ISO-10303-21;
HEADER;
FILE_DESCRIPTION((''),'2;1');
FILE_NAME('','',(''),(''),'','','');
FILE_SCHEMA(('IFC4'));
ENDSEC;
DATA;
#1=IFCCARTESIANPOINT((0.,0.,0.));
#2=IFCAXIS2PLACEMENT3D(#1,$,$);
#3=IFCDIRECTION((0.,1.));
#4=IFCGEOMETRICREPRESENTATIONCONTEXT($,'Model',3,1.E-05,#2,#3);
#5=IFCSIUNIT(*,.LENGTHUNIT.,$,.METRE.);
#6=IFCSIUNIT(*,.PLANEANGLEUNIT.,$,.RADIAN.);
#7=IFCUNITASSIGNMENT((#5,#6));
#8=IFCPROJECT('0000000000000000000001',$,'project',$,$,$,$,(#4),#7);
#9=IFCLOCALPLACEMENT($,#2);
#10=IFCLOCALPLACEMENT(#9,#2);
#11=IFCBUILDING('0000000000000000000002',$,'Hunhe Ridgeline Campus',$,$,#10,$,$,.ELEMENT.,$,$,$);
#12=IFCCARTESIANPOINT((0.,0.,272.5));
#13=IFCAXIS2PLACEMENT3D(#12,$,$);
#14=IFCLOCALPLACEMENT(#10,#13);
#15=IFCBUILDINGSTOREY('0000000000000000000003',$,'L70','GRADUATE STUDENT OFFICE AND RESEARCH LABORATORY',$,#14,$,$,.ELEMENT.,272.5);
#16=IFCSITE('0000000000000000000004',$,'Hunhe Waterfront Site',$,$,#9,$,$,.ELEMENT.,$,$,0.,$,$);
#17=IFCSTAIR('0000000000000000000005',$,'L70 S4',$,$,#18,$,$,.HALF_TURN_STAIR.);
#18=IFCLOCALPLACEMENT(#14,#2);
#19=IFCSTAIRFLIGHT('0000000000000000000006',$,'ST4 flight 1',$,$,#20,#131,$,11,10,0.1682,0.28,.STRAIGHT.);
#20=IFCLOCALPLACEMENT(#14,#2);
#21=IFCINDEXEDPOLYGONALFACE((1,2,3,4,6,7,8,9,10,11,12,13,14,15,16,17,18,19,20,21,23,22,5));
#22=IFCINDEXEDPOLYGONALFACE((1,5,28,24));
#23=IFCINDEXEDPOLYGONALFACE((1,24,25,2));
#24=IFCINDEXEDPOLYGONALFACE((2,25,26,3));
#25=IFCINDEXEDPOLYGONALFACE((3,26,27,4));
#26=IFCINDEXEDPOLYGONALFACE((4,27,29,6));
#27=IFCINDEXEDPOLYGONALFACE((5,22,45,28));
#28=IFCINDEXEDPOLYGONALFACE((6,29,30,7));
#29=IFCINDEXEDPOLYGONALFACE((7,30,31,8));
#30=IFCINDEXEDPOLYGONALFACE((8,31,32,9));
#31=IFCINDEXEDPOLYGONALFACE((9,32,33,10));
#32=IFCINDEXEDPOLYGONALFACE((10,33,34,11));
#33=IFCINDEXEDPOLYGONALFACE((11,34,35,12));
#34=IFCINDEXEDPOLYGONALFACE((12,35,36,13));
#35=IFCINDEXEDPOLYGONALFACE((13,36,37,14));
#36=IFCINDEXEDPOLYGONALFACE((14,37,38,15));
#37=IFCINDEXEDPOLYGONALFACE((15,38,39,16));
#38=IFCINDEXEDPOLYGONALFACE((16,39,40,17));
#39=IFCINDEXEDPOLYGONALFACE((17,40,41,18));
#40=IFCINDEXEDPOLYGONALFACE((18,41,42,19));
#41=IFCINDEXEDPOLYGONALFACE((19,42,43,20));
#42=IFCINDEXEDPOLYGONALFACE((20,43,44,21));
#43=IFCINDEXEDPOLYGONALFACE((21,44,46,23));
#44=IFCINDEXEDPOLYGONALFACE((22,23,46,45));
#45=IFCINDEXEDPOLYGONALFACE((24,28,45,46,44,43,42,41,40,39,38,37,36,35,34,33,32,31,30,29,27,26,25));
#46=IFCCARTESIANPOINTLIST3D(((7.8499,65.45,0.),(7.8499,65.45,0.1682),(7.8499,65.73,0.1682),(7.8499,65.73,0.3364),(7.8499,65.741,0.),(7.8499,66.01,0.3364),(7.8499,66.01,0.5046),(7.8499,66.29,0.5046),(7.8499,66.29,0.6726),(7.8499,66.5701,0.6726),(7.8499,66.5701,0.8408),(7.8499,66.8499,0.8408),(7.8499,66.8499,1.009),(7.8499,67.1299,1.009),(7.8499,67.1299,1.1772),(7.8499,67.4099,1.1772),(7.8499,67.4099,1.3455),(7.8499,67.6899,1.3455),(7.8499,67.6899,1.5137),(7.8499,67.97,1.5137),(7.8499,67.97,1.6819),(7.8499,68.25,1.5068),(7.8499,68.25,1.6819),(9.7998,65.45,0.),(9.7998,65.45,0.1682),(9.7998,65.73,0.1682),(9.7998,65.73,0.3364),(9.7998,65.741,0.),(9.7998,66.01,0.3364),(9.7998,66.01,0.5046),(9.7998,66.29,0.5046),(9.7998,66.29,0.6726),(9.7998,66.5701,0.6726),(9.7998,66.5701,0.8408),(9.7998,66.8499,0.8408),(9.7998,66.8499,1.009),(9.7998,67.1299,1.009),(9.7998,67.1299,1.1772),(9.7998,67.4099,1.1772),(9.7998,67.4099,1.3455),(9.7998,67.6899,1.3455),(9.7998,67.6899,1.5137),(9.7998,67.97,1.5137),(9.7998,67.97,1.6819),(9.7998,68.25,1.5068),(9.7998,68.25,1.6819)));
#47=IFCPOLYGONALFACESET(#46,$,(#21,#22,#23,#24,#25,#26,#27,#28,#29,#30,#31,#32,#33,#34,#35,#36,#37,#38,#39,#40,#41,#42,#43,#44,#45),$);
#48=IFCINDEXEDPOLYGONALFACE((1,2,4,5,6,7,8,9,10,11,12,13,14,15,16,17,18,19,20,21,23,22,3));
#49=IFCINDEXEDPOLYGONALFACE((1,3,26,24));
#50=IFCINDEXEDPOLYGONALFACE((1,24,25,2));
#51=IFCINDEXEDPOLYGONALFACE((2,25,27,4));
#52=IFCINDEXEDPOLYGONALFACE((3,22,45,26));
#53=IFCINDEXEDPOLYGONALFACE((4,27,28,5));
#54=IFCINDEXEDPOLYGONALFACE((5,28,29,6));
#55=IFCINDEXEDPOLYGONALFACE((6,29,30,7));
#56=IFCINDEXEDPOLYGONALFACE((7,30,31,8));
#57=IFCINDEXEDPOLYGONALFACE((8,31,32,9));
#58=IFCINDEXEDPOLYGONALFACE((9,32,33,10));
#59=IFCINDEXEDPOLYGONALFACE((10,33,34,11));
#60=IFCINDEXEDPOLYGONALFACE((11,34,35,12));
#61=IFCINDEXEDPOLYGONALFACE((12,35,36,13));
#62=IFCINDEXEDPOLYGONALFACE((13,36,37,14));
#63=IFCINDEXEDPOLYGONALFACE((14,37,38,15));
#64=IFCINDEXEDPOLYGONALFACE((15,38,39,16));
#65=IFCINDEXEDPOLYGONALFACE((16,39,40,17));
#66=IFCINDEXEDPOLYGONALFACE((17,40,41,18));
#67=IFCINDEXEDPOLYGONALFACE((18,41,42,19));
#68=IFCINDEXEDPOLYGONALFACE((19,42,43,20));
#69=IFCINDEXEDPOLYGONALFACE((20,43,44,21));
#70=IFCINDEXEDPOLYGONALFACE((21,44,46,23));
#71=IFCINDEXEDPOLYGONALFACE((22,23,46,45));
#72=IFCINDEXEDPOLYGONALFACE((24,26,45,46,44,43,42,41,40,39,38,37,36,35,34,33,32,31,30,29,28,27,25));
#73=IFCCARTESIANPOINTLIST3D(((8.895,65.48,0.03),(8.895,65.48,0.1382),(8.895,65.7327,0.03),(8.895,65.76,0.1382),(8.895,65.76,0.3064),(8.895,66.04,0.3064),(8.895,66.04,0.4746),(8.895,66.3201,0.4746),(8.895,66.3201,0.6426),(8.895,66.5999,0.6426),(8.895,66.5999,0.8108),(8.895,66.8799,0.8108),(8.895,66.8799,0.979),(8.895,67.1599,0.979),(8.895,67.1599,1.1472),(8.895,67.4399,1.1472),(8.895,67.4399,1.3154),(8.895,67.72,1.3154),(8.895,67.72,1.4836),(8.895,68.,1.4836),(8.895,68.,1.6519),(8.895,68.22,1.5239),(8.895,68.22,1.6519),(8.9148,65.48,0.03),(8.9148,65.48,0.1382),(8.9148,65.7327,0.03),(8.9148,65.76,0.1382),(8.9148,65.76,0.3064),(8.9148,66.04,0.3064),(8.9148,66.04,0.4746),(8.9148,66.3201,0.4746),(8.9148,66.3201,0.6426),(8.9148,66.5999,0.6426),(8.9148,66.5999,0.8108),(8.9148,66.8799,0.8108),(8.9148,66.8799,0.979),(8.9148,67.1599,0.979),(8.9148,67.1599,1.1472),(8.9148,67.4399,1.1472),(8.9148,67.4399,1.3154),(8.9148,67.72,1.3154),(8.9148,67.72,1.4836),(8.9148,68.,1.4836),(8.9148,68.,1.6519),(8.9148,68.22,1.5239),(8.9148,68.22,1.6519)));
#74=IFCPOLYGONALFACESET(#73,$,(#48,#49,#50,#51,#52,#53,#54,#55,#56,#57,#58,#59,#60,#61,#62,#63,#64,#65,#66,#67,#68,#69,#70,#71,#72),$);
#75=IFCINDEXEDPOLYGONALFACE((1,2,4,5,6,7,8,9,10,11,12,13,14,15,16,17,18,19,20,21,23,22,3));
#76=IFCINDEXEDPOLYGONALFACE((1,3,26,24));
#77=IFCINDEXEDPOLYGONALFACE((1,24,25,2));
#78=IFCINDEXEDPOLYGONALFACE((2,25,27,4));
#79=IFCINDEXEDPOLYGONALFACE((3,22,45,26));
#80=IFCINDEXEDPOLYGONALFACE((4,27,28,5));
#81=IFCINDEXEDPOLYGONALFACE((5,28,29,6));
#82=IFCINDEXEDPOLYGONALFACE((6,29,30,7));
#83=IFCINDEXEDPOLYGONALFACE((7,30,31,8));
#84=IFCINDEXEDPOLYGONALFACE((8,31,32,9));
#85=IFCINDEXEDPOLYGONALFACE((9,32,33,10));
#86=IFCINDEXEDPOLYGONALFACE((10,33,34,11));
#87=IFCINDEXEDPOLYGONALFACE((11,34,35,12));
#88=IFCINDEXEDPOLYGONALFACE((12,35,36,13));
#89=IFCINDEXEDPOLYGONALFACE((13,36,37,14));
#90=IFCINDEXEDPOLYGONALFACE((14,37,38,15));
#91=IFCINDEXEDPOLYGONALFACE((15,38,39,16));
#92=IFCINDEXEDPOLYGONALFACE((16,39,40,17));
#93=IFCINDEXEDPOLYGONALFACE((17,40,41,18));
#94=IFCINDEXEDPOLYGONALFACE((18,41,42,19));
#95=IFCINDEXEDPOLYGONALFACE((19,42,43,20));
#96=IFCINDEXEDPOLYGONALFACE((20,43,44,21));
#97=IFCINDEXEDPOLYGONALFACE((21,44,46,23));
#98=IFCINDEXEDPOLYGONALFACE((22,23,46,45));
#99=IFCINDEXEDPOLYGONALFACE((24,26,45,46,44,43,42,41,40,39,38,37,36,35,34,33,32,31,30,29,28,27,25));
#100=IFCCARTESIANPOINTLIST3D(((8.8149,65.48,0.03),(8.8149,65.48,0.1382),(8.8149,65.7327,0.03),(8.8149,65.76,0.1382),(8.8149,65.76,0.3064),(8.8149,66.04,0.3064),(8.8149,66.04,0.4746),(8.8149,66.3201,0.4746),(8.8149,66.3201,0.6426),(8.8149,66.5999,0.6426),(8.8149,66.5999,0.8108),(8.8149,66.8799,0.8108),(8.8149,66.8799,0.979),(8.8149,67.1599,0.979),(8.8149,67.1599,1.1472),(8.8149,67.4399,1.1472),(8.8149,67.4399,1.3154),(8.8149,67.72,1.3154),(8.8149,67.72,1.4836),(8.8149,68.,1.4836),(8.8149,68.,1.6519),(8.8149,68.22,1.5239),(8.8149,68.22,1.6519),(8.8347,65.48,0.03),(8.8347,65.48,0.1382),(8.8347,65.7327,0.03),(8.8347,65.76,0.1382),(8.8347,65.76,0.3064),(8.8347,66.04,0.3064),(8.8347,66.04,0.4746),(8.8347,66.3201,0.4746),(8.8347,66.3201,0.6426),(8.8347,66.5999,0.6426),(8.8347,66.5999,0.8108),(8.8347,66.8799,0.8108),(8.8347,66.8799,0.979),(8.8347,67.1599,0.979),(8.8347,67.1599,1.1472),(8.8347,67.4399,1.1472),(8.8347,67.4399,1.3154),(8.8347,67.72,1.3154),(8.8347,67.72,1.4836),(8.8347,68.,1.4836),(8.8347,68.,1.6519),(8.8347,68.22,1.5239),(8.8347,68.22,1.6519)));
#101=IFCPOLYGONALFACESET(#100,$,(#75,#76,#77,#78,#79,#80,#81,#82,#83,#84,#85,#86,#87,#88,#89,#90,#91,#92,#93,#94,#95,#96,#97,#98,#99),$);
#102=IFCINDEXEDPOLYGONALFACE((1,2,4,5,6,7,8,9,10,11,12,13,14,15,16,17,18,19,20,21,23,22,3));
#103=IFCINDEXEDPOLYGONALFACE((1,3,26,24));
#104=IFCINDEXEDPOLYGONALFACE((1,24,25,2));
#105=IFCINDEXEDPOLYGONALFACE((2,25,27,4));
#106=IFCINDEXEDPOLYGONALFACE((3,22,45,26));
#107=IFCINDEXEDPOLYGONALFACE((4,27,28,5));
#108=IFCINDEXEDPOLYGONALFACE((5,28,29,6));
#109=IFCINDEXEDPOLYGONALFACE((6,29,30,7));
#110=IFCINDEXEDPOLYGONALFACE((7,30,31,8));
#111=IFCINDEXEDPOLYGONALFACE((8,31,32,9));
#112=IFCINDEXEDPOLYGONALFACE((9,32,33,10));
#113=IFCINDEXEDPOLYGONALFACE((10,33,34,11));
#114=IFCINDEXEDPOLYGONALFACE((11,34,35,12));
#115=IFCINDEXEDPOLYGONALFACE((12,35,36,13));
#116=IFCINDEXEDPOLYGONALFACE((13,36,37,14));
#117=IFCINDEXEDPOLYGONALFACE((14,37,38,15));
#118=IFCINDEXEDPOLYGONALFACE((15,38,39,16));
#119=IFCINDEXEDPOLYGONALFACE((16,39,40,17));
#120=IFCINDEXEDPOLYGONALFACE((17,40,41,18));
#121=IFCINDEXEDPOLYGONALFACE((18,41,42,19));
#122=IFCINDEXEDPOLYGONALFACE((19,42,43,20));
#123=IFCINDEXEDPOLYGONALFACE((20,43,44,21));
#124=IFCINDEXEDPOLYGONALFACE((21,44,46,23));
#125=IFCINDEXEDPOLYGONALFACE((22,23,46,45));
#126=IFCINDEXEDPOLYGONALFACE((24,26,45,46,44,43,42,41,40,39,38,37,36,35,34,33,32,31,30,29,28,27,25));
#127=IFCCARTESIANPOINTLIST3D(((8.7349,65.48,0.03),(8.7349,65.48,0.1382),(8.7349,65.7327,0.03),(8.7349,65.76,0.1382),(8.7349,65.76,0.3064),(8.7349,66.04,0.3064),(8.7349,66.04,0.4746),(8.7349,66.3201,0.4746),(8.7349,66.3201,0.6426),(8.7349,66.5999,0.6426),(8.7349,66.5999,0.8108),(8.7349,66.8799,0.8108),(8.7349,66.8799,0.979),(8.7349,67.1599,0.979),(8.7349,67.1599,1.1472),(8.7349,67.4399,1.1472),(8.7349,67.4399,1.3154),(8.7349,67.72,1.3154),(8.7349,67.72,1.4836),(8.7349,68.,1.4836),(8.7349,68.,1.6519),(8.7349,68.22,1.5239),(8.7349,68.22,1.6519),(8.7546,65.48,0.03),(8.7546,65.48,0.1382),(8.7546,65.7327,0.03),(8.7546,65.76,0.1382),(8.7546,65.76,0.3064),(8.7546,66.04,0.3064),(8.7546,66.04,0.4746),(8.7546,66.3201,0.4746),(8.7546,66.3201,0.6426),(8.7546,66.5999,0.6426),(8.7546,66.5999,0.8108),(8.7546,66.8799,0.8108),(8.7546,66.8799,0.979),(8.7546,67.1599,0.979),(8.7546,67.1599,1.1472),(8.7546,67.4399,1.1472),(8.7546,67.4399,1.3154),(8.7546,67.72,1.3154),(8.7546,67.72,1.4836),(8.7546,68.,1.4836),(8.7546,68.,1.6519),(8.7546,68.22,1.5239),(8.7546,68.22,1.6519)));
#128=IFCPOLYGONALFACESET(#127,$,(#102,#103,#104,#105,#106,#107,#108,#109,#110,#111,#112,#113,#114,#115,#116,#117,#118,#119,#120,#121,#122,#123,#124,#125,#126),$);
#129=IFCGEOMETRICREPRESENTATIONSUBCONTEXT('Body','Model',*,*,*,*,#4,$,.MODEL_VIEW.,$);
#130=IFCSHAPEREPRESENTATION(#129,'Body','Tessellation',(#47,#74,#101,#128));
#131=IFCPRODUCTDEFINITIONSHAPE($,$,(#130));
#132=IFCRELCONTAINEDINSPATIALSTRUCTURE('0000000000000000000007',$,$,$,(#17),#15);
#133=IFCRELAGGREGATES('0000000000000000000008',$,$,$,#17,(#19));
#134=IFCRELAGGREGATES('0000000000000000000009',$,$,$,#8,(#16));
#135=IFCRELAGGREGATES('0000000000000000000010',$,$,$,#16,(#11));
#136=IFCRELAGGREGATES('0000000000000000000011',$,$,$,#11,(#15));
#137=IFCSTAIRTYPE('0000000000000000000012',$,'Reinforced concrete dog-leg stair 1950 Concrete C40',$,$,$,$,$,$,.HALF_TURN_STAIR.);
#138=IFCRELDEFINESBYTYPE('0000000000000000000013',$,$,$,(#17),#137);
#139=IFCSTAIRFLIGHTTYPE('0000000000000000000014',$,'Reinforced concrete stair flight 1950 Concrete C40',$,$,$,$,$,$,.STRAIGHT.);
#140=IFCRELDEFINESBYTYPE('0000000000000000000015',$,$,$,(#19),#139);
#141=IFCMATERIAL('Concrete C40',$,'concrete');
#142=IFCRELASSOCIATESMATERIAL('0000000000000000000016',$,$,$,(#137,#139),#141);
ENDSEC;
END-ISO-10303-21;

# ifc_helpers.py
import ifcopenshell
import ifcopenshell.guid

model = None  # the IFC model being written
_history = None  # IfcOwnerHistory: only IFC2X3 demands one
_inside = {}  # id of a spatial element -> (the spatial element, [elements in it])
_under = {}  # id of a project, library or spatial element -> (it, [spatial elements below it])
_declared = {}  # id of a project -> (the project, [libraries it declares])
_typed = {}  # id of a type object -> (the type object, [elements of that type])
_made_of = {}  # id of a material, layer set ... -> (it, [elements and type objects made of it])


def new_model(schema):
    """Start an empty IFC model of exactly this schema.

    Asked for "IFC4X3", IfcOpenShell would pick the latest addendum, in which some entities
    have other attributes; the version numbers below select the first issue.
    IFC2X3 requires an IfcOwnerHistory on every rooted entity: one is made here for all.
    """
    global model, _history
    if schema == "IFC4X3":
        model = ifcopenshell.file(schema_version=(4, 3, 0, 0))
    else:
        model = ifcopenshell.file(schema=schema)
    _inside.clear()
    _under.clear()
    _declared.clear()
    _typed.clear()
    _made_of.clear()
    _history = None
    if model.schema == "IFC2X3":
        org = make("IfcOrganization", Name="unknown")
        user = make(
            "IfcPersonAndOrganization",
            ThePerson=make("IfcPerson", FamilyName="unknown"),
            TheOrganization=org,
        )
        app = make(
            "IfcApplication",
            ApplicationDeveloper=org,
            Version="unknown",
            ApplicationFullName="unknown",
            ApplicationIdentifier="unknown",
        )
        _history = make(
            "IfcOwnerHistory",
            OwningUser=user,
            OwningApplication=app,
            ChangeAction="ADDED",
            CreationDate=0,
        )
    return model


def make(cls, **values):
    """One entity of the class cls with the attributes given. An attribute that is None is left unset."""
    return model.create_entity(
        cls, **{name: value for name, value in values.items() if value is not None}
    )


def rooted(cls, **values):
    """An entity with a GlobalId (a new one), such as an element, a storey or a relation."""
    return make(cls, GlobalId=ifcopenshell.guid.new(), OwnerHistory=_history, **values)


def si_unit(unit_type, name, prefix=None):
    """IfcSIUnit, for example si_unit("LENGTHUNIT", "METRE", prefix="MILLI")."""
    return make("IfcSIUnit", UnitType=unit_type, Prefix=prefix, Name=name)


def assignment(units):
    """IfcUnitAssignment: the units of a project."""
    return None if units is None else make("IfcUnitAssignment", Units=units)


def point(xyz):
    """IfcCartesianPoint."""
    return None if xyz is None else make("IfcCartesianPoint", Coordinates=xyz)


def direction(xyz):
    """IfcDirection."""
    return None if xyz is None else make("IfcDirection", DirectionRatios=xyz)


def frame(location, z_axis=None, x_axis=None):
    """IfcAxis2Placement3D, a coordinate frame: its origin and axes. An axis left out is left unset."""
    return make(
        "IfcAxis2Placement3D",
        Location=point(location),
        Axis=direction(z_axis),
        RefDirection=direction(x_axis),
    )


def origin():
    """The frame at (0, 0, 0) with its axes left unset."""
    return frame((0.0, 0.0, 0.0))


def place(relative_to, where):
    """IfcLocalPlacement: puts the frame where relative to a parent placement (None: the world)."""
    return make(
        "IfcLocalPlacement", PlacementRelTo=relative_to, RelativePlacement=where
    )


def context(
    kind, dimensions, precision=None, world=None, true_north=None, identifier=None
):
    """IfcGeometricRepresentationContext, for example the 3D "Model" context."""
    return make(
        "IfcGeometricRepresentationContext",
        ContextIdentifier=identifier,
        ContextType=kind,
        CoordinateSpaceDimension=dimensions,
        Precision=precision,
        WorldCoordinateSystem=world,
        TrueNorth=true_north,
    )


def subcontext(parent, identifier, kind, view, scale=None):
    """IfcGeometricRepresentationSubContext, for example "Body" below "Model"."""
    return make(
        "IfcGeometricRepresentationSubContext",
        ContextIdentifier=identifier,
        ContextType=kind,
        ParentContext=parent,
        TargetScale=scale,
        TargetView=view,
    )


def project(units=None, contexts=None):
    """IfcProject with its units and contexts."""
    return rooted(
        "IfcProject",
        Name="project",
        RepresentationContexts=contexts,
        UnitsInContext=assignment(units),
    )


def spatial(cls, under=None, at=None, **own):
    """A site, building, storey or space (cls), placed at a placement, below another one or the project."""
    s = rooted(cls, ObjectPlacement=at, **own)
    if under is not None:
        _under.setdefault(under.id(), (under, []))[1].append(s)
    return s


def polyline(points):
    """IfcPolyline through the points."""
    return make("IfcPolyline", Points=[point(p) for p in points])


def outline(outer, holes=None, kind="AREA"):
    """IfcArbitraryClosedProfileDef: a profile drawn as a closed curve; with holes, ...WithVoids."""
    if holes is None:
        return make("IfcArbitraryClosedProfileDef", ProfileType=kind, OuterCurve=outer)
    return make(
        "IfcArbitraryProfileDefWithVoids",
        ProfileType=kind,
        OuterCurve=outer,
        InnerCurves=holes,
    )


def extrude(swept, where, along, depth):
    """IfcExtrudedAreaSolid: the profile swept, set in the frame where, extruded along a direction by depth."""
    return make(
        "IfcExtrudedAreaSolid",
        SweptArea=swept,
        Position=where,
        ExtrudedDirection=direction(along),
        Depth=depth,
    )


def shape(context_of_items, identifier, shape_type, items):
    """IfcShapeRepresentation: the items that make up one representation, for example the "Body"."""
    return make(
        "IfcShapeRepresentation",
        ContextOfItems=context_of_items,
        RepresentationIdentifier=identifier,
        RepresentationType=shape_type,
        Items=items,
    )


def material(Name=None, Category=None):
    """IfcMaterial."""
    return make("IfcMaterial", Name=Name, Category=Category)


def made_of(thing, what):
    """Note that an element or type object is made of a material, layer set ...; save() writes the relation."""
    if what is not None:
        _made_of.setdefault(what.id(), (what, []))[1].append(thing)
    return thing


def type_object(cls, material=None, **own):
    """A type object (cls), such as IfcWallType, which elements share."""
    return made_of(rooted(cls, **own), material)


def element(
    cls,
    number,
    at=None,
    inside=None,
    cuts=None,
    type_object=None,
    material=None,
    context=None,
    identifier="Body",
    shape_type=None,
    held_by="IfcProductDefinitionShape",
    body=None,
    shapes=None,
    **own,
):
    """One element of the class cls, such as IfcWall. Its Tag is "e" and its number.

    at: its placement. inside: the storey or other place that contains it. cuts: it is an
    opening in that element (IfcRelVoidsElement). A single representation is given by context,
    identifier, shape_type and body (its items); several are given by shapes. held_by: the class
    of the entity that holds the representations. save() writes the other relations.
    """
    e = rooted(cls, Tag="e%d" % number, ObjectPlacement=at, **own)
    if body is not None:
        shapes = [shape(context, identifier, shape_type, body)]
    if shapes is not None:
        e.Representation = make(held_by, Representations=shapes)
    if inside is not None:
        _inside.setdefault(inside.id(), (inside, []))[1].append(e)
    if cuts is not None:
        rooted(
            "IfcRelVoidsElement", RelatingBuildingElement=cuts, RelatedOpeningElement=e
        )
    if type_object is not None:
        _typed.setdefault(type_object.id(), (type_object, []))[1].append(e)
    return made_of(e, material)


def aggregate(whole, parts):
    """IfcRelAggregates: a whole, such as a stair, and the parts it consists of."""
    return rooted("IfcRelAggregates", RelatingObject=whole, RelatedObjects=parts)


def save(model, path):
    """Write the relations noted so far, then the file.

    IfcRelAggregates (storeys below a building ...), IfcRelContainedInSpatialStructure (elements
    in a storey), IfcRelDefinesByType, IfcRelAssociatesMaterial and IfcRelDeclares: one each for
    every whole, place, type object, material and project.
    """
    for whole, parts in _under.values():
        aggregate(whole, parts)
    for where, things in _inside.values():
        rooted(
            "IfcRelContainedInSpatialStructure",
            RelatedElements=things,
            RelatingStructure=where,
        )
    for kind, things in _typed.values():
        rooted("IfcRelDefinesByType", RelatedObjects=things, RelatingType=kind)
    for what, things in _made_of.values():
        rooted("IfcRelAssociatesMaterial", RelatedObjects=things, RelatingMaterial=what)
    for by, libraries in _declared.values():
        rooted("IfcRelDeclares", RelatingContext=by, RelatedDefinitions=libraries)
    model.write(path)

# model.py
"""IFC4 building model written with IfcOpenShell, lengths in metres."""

from ifc_helpers import new_model, si_unit, direction, frame, origin, place, context, subcontext, project, spatial, polyline, outline, extrude, material, type_object, element, aggregate, save


model = new_model("IFC4")

# Units and contexts
model_context = context("Model", 3, precision=1e-05, world=origin(), true_north=direction((0.0, 1.0)))
body_context = subcontext(model_context, "Body", "Model", "MODEL_VIEW")
ifc_project = project(units=[si_unit("LENGTHUNIT", "METRE"), si_unit("PLANEANGLEUNIT", "RADIAN")], contexts=[model_context])

# Site, building, storey
site_placement = place(None, origin())
site = spatial("IfcSite", under=ifc_project, at=site_placement, Name="Hunhe Waterfront Site", CompositionType="ELEMENT", RefElevation=0.0)
building_placement = place(site_placement, origin())
building = spatial("IfcBuilding", under=site, at=building_placement, Name="Hunhe Ridgeline Campus", CompositionType="ELEMENT")
storey_placement = place(building_placement, frame((0.0, 0.0, 272.5)))
storey = spatial("IfcBuildingStorey", under=building, at=storey_placement, Name="L70", Description="GRADUATE STUDENT OFFICE AND RESEARCH LABORATORY", CompositionType="ELEMENT", Elevation=272.5)

# Stair, stair flight
ifc_material_1 = material(Name="Concrete C40", Category="concrete")
stair_type = type_object("IfcStairType", Name="Reinforced concrete dog-leg stair 1950 Concrete C40", PredefinedType="HALF_TURN_STAIR", material=ifc_material_1)
stair_flight_type = type_object("IfcStairFlightType", Name="Reinforced concrete stair flight 1950 Concrete C40", PredefinedType="STRAIGHT", material=ifc_material_1)
stair_1_placement = place(storey_placement, origin())
stair_1 = element("IfcStair", 1, at=stair_1_placement, inside=storey, type_object=stair_type, Name="L70 S4", PredefinedType="HALF_TURN_STAIR")
stair_flight_1_placement = place(storey_placement, frame((8.825, 65.45, 0.0), z_axis=(0.0, 0.0, 1.0), x_axis=(0.0, 1.0, 0.0)))
stair_flight_1 = element("IfcStairFlight", 2, at=stair_flight_1_placement, type_object=stair_flight_type, Name="ST4 flight 1", NumberOfRisers=11, NumberOfTreads=10, PredefinedType="STRAIGHT", RiserHeight=0.1682, TreadLength=0.28, context=body_context, shape_type="SweptSolid", body=[
    extrude(outline(polyline([(0.0, 0.0), (0.0, 0.1682), (0.28, 0.1682), (0.28, 0.3364), (0.5601, 0.3364), (0.5601, 0.5046), (0.8401, 0.5046), (0.8401, 0.6726), (1.1201, 0.6726), (1.1201, 0.8408), (1.3999, 0.8408), (1.3999, 1.009), (1.6799, 1.009), (1.6799, 1.1772), (1.96, 1.1772), (1.96, 1.3455), (2.24, 1.3455), (2.24, 1.5137), (2.52, 1.5137), (2.52, 1.6819), (2.8, 1.6819), (2.8, 1.8501), (2.8, 1.5068), (0.291, 0.0), (0.0, 0.0)])), frame((0.0, 0.9751, 0.0), z_axis=(0.0, -1.0, 0.0), x_axis=(1.0, 0.0, 0.0)), (0.0, 0.0, 1.0), 1.95),
    extrude(outline(polyline([(0.03, 0.03), (0.03, 0.1382), (0.3101, 0.1382), (0.3101, 0.3064), (0.5901, 0.3064), (0.5901, 0.4746), (0.8701, 0.4746), (0.8701, 0.6426), (1.1499, 0.6426), (1.1499, 0.8108), (1.4299, 0.8108), (1.4299, 0.979), (1.71, 0.979), (1.71, 1.1472), (1.99, 1.1472), (1.99, 1.3154), (2.27, 1.3154), (2.27, 1.4836), (2.55, 1.4836), (2.55, 1.6519), (2.77, 1.6519), (2.77, 1.5239), (0.2827, 0.03), (0.03, 0.03)])), frame((0.0, -0.0701, 0.0), z_axis=(0.0, -1.0, 0.0), x_axis=(1.0, 0.0, 0.0)), (0.0, 0.0, 1.0), 0.0198),
    extrude(outline(polyline([(0.03, 0.03), (0.03, 0.1382), (0.3101, 0.1382), (0.3101, 0.3064), (0.5901, 0.3064), (0.5901, 0.4746), (0.8701, 0.4746), (0.8701, 0.6426), (1.1499, 0.6426), (1.1499, 0.8108), (1.4299, 0.8108), (1.4299, 0.979), (1.71, 0.979), (1.71, 1.1472), (1.99, 1.1472), (1.99, 1.3154), (2.27, 1.3154), (2.27, 1.4836), (2.55, 1.4836), (2.55, 1.6519), (2.77, 1.6519), (2.77, 1.5239), (0.2827, 0.03), (0.03, 0.03)])), frame((0.0, 0.01, 0.0), z_axis=(0.0, -1.0, 0.0), x_axis=(1.0, 0.0, 0.0)), (0.0, 0.0, 1.0), 0.0198),
    extrude(outline(polyline([(0.03, 0.03), (0.03, 0.1382), (0.3101, 0.1382), (0.3101, 0.3064), (0.5901, 0.3064), (0.5901, 0.4746), (0.8701, 0.4746), (0.8701, 0.6426), (1.1499, 0.6426), (1.1499, 0.8108), (1.4299, 0.8108), (1.4299, 0.979), (1.71, 0.979), (1.71, 1.1472), (1.99, 1.1472), (1.99, 1.3154), (2.27, 1.3154), (2.27, 1.4836), (2.55, 1.4836), (2.55, 1.6519), (2.77, 1.6519), (2.77, 1.5239), (0.2827, 0.03), (0.03, 0.03)])), frame((0.0, 0.0901, 0.0), z_axis=(0.0, -1.0, 0.0), x_axis=(1.0, 0.0, 0.0)), (0.0, 0.0, 1.0), 0.0198),
])
aggregate(stair_1, [stair_flight_1])

save(model, "model.ifc")
